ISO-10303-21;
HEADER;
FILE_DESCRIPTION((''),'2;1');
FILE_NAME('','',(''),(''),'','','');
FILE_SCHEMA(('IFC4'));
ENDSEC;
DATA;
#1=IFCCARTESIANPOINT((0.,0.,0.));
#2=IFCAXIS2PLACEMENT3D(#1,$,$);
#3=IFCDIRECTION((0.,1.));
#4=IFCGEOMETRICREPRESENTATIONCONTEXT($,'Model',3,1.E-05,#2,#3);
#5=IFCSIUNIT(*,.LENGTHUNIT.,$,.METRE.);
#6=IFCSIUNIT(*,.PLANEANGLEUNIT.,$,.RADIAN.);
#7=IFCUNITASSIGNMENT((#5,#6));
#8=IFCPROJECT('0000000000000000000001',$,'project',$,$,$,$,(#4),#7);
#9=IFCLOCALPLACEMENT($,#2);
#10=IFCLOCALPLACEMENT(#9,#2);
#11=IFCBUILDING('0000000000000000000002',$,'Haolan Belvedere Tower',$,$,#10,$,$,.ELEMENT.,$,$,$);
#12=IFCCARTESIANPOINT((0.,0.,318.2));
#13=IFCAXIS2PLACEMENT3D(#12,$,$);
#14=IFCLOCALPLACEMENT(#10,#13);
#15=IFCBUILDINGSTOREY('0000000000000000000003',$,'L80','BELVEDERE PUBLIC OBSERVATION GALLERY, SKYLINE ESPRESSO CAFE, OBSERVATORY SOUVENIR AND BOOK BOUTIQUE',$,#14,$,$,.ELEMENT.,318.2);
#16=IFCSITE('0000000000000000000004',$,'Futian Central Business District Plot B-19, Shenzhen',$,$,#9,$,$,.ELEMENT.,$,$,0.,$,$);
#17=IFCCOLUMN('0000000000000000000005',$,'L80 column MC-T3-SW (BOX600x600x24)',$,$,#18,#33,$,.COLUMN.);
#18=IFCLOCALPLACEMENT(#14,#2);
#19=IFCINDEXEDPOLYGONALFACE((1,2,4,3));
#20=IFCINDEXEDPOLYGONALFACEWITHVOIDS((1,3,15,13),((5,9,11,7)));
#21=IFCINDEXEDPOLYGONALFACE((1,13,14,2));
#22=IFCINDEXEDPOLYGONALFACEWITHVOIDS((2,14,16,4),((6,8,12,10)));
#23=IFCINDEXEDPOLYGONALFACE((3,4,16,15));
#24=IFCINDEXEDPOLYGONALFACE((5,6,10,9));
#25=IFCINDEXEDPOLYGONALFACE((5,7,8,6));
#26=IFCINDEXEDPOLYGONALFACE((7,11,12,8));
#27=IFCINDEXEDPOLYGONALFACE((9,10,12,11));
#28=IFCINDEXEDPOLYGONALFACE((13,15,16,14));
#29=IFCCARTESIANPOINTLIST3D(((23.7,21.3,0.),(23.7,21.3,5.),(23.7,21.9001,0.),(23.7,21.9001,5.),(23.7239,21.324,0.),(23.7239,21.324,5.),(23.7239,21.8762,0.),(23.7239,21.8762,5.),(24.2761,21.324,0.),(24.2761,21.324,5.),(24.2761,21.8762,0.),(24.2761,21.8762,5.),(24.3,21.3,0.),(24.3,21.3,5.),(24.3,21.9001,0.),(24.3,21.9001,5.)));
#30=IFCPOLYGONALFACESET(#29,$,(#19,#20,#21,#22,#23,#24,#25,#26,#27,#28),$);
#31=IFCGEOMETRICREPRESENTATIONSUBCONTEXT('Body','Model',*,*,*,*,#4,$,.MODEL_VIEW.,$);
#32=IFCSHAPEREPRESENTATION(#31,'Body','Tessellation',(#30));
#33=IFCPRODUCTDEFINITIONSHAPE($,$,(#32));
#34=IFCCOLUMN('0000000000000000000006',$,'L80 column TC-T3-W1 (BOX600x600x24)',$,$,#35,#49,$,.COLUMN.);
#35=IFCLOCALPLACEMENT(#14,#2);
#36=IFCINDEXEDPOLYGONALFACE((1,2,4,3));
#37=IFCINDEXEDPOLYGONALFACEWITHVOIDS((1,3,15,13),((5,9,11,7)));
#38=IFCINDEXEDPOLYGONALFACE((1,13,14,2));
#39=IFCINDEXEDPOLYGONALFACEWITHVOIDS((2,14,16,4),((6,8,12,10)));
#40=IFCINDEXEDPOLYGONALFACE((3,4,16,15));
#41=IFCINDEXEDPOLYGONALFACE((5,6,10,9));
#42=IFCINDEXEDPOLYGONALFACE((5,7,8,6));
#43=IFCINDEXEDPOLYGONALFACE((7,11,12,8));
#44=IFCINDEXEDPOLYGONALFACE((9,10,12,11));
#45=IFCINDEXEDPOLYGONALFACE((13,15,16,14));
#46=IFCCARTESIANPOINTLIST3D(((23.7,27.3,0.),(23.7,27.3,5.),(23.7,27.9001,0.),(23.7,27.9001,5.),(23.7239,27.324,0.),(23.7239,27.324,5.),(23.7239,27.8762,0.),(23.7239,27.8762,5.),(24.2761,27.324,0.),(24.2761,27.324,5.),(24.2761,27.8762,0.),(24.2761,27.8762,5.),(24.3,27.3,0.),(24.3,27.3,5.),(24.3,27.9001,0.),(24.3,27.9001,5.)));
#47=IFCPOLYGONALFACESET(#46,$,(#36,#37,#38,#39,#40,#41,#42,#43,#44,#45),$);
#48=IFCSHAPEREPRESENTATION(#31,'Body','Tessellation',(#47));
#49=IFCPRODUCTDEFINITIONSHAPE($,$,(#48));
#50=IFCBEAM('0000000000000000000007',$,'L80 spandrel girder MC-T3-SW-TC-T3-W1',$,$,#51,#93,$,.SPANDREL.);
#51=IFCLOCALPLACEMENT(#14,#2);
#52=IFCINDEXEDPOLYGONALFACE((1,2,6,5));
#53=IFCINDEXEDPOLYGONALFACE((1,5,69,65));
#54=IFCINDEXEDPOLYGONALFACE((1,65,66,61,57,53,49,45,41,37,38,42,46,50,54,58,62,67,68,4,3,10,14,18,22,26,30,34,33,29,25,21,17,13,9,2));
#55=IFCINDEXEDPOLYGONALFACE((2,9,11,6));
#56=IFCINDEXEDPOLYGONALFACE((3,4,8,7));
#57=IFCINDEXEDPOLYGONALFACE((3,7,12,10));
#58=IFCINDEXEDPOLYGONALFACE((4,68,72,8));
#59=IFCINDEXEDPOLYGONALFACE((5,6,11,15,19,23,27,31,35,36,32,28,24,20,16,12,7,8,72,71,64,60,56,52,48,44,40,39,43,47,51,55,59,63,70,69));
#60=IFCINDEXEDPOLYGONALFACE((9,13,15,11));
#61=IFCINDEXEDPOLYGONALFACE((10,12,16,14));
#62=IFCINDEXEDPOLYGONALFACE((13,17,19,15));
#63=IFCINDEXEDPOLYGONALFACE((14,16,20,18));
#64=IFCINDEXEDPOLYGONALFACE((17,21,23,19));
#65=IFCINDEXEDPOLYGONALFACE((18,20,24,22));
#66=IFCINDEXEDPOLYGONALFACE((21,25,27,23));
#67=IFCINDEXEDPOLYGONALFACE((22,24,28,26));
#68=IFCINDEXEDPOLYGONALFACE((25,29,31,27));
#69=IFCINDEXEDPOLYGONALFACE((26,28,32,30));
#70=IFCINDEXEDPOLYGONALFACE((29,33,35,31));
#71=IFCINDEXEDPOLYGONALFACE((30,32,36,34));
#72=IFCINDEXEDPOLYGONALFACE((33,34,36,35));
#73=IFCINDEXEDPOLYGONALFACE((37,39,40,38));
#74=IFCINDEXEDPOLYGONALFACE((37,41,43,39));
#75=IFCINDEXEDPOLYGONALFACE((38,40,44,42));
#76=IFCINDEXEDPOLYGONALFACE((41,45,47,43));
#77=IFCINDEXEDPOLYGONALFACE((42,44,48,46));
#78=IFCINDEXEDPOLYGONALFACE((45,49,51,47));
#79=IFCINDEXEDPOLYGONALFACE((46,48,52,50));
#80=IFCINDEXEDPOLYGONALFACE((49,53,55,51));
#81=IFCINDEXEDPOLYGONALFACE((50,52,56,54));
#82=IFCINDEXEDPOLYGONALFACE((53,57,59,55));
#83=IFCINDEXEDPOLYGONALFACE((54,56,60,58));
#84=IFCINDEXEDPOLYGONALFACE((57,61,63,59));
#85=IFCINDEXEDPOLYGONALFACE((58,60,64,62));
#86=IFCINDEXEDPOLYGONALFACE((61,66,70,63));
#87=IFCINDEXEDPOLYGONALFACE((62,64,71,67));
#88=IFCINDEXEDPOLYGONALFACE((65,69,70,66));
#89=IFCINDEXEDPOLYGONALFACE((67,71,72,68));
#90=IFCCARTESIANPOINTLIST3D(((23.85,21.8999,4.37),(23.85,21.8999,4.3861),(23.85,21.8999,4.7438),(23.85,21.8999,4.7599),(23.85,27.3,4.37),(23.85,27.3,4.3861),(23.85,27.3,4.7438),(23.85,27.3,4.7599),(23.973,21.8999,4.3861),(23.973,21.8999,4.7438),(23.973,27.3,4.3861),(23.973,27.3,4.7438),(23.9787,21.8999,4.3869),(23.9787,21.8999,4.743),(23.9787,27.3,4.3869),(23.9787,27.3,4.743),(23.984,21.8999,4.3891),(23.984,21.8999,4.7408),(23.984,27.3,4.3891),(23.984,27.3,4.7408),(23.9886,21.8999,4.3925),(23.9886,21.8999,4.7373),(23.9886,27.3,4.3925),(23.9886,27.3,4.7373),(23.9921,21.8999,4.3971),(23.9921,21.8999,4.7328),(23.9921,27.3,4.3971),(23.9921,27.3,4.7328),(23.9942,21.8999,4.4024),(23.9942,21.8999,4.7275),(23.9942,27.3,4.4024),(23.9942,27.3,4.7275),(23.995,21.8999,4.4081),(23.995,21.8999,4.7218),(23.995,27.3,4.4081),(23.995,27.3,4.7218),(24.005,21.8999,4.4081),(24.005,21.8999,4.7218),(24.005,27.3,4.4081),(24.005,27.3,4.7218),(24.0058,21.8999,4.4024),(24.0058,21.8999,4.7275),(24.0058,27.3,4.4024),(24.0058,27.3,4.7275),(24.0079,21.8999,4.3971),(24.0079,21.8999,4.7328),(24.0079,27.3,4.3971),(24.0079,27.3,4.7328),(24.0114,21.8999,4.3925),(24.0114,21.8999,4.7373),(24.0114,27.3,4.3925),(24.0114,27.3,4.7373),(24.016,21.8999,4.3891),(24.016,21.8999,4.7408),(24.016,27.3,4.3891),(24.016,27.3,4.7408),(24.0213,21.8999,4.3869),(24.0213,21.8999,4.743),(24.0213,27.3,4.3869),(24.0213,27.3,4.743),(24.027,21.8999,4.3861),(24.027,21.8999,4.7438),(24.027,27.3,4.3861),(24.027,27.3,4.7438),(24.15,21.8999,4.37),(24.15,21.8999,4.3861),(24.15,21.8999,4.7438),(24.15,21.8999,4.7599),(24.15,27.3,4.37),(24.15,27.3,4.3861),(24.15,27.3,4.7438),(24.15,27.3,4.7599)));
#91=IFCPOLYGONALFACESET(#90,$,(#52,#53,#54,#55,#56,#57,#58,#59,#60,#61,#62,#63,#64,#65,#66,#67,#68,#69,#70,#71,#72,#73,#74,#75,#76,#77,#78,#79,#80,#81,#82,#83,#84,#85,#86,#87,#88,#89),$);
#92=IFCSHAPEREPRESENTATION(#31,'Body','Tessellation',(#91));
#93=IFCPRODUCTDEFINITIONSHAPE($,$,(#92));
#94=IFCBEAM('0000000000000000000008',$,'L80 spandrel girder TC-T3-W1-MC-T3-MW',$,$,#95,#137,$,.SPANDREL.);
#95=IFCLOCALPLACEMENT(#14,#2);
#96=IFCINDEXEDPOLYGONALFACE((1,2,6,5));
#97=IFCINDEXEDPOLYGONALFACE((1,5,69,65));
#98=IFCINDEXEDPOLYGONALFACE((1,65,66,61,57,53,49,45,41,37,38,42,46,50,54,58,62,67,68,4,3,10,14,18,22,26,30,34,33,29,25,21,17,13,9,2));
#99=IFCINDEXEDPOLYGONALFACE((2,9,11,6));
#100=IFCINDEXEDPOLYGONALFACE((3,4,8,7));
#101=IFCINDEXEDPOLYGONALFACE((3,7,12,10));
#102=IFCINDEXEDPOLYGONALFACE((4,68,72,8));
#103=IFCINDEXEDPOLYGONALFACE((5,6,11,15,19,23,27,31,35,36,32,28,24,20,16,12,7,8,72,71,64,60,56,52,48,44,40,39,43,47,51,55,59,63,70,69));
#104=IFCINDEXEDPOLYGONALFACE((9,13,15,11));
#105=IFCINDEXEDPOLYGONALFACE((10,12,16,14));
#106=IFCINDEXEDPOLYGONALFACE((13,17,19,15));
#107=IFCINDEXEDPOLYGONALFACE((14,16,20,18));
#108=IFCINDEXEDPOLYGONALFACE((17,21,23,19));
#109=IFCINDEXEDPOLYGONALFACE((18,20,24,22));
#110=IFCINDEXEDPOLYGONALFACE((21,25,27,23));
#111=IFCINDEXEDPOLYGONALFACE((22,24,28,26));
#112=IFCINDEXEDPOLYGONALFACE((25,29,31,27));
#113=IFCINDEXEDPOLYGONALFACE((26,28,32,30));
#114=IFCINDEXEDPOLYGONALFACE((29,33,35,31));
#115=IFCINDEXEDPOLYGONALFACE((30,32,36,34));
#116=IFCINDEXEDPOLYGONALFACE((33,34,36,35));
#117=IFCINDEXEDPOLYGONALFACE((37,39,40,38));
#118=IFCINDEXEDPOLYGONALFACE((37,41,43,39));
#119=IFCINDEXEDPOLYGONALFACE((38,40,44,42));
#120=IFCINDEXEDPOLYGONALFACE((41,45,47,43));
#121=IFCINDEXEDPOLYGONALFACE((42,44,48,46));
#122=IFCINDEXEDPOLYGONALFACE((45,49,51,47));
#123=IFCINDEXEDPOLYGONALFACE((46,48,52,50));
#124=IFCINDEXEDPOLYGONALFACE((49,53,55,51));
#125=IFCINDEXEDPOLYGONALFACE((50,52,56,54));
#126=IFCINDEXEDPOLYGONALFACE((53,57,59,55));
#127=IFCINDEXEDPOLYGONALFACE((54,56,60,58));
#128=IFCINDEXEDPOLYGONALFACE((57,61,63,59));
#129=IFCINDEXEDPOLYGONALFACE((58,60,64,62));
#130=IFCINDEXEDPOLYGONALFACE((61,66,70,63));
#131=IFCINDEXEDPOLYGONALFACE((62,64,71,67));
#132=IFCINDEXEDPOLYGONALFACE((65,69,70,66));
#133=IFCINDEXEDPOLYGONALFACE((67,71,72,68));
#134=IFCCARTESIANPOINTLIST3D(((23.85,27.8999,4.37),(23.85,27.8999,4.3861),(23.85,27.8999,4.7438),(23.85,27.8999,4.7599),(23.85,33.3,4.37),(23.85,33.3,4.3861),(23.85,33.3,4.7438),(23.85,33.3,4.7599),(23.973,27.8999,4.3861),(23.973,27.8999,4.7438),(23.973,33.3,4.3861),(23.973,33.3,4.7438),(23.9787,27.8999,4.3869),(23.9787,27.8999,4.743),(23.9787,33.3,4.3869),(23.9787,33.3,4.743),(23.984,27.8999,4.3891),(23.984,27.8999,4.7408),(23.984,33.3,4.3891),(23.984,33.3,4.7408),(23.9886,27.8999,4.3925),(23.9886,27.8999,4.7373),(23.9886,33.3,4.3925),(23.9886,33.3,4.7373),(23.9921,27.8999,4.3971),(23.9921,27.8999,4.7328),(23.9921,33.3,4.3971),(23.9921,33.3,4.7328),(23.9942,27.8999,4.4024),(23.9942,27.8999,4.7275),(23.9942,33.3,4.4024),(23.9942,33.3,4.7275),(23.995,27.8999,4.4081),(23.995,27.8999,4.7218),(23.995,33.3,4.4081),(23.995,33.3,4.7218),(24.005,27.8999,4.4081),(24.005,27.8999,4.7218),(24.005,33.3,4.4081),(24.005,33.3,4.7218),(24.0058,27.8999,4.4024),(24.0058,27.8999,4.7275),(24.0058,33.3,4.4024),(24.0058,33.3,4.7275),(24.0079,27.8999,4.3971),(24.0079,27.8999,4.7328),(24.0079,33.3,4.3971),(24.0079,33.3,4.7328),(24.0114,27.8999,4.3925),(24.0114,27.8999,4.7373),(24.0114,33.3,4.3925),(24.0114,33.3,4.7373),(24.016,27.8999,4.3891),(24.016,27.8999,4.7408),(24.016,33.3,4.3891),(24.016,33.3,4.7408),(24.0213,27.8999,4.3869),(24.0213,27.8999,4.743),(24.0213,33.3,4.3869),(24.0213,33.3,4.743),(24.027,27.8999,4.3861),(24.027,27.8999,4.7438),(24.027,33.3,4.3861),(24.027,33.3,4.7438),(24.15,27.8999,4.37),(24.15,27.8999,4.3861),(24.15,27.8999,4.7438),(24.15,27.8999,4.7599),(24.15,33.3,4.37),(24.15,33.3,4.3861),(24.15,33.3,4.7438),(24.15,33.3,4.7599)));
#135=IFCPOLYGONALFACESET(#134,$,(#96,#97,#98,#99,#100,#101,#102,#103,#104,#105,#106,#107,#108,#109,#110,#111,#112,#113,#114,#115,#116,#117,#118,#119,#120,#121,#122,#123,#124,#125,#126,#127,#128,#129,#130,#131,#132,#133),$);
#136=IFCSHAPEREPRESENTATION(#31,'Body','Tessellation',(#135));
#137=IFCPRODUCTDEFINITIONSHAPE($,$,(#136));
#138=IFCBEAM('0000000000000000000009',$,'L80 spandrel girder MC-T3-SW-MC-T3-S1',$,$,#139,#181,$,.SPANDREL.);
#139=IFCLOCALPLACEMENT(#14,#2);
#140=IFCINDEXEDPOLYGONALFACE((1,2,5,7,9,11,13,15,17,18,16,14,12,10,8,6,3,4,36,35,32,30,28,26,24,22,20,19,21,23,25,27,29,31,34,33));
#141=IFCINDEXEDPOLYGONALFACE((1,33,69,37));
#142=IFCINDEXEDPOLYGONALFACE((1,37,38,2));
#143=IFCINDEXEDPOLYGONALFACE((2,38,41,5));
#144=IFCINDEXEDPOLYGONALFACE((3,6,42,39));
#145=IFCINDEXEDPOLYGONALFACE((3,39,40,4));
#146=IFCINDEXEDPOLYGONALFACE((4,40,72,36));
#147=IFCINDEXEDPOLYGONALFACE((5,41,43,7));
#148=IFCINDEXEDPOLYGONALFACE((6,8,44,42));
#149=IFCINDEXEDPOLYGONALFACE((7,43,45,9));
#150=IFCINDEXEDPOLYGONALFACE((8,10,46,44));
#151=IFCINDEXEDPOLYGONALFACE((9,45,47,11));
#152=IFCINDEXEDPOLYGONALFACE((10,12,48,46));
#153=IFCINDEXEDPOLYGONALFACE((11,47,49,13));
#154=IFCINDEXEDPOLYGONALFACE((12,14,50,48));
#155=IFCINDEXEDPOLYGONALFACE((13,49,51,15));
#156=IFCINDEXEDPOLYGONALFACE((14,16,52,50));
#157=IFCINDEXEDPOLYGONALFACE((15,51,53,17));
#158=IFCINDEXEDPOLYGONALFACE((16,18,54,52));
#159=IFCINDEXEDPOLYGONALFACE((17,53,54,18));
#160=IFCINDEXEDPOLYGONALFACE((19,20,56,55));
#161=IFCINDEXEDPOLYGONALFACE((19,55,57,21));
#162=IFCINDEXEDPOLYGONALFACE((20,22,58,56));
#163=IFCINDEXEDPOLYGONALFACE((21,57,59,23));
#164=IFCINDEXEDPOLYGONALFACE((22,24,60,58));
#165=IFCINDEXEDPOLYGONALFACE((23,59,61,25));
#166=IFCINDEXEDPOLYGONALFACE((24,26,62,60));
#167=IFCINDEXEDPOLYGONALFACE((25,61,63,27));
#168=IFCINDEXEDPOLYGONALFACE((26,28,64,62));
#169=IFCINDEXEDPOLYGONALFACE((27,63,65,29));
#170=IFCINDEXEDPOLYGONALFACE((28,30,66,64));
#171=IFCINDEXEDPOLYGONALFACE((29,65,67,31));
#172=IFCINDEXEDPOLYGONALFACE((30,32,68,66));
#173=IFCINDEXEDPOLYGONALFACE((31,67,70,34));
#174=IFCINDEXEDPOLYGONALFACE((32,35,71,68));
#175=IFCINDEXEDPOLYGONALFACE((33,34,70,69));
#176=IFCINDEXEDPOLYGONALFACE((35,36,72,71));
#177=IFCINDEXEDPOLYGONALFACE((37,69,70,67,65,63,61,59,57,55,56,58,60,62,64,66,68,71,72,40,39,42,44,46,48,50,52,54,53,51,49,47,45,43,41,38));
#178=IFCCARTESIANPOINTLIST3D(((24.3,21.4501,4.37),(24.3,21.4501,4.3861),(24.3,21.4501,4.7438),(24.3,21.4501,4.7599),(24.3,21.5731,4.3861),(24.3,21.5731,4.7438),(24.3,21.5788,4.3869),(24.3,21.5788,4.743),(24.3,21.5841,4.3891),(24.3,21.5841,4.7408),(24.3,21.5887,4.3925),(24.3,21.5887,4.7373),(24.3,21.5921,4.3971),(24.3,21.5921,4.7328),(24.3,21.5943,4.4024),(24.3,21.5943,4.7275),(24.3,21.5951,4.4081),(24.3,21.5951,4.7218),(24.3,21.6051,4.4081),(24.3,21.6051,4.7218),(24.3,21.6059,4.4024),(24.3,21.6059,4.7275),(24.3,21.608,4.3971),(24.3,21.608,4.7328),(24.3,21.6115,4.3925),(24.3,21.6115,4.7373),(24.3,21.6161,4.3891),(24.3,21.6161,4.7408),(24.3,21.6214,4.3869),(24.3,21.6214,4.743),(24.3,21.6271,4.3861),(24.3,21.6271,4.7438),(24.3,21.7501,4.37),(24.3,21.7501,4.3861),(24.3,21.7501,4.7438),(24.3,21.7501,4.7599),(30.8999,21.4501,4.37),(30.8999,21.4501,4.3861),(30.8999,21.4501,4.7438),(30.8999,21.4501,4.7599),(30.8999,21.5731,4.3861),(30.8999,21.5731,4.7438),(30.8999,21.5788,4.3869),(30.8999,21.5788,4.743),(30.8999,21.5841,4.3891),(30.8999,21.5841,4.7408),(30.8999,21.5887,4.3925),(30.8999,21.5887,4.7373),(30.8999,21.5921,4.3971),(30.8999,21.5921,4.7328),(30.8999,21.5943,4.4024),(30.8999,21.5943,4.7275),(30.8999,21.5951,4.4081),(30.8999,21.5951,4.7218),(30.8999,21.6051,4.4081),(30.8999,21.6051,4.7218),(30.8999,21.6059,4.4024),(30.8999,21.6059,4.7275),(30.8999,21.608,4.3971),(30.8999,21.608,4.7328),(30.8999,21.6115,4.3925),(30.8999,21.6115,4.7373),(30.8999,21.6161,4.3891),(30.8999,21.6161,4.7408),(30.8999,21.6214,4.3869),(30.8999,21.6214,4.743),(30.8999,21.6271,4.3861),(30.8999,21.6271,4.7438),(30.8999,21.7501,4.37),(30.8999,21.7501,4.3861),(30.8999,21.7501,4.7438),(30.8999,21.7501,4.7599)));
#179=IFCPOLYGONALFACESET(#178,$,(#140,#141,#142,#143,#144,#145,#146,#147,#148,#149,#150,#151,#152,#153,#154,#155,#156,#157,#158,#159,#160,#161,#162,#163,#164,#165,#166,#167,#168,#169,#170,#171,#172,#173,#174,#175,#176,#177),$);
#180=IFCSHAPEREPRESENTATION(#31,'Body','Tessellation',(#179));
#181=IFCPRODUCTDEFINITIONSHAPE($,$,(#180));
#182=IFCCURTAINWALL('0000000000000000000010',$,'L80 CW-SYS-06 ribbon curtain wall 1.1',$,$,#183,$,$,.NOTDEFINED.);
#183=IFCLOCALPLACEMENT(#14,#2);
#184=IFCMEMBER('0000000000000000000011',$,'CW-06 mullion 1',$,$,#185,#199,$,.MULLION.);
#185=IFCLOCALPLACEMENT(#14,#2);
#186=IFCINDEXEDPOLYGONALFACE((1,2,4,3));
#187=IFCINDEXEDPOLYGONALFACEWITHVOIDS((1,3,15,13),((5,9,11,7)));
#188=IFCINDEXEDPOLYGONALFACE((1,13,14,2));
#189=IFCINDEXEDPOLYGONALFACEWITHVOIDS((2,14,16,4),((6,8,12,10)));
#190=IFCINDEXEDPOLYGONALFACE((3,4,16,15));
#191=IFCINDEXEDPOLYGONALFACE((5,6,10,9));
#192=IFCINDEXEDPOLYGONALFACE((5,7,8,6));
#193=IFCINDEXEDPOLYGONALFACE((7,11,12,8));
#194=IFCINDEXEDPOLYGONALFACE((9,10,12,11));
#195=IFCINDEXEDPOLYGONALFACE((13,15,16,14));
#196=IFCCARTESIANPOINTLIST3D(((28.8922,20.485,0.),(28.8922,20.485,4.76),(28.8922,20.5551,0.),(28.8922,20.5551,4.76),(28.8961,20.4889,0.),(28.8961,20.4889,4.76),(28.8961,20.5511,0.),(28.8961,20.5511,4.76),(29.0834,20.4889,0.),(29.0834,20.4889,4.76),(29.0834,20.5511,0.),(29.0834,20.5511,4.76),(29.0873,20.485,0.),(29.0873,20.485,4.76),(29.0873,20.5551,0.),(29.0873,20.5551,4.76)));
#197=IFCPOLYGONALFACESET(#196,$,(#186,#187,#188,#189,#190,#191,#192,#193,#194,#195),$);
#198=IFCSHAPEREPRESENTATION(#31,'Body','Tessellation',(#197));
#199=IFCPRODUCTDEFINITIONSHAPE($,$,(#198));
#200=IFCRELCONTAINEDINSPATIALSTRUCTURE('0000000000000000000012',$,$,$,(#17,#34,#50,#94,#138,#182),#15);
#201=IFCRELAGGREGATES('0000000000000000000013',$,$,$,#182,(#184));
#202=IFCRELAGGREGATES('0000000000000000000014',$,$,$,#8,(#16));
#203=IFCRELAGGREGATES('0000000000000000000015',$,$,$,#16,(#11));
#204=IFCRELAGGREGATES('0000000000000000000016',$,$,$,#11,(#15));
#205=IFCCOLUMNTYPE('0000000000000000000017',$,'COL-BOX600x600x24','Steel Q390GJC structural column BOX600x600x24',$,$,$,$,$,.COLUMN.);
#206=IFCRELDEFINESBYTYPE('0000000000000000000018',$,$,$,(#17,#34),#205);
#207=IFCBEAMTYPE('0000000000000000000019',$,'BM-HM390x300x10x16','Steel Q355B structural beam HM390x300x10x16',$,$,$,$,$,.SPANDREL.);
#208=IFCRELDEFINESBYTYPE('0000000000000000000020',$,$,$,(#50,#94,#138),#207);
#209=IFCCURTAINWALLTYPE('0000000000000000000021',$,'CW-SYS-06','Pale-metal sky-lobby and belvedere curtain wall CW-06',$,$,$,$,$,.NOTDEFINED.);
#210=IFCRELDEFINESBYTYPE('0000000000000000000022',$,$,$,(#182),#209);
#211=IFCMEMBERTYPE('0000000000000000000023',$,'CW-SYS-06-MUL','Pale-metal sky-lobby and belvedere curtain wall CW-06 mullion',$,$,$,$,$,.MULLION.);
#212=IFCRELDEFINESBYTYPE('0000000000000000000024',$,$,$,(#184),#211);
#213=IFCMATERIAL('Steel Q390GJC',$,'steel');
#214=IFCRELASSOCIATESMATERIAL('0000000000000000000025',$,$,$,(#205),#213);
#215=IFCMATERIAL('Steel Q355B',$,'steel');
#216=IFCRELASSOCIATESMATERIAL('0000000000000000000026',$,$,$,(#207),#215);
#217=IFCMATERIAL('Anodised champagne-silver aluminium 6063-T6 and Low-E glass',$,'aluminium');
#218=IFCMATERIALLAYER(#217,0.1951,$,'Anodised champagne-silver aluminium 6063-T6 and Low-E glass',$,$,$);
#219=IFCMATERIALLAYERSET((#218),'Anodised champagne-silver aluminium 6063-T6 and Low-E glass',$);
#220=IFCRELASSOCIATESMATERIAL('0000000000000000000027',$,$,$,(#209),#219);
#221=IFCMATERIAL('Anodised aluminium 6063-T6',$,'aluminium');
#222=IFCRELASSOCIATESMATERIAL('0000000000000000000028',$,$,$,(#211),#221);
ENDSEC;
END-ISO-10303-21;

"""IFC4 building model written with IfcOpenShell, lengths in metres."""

from ifc_helpers import new_model, si_unit, direction, frame, origin, origin_2d, place, context, subcontext, project, spatial, hollow_rectangle, i_section, extrude, material, layer, layer_set, material_profile, profile_set, type_object, element, aggregate, save


model = new_model("IFC4")

# Units and contexts
model_context = context("Model", 3, precision=1e-05, world=origin(), true_north=direction((0.0, 1.0)))
body_context = subcontext(model_context, "Body", "Model", "MODEL_VIEW")
ifc_project = project(units=[si_unit("LENGTHUNIT", "METRE"), si_unit("PLANEANGLEUNIT", "RADIAN")], contexts=[model_context])

# Site, building, storey
site_placement = place(None, origin())
site = spatial("IfcSite", under=ifc_project, at=site_placement, Name="Futian Central Business District Plot B-19, Shenzhen", CompositionType="ELEMENT", RefElevation=0.0)
building_placement = place(site_placement, origin())
building = spatial("IfcBuilding", under=site, at=building_placement, Name="Haolan Belvedere Tower", CompositionType="ELEMENT")
storey_placement = place(building_placement, frame((0.0, 0.0, 318.2)))
storey = spatial("IfcBuildingStorey", under=building, at=storey_placement, Name="L80", Description="BELVEDERE PUBLIC OBSERVATION GALLERY, SKYLINE ESPRESSO CAFE, OBSERVATORY SOUVENIR AND BOOK BOUTIQUE", CompositionType="ELEMENT", Elevation=318.2)

# Columns
ifc_material_1 = material(Name="Steel Q390GJC", Category="steel")
ifc_material_profile_1 = material_profile(ifc_material_1, hollow_rectangle(XDim=0.6001, YDim=0.6001, WallThickness=0.0239, at=origin_2d()), Name="Steel Q390GJC")
ifc_profile_set_1 = profile_set([ifc_material_profile_1], Name="Steel Q390GJC")
column_type = type_object("IfcColumnType", Name="COL-BOX600x600x24", Description="Steel Q390GJC structural column BOX600x600x24", PredefinedType="COLUMN", material=ifc_profile_set_1)
for number, where, z_axis, x_axis, name in (
    (1, (24.0, 21.6001, 0.0), (0.0, 0.0, 1.0), (1.0, 0.0, 0.0), "L80 column MC-T3-SW (BOX600x600x24)"),
    (2, (24.0, 27.6001, 0.0), (0.0, 0.0, 1.0), (1.0, 0.0, 0.0), "L80 column TC-T3-W1 (BOX600x600x24)"),
):
    element("IfcColumn", number, at=place(storey_placement, frame(where, z_axis=z_axis, x_axis=x_axis)), inside=storey, type_object=column_type, Name=name, PredefinedType="COLUMN", context=body_context, shape_type="SweptSolid", body=[
        extrude(hollow_rectangle(XDim=0.6001, YDim=0.6001, WallThickness=0.0239, at=origin_2d()), origin(), (0.0, 0.0, 1.0), 5.0),
    ])

# Beams
ifc_material_2 = material(Name="Steel Q355B", Category="steel")
ifc_material_profile_2 = material_profile(ifc_material_2, i_section(OverallWidth=0.3, OverallDepth=0.3899, WebThickness=0.01, FlangeThickness=0.0161, FilletRadius=0.022, at=origin_2d()), Name="Steel Q355B")
ifc_profile_set_2 = profile_set([ifc_material_profile_2], Name="Steel Q355B")
beam_type = type_object("IfcBeamType", Name="BM-HM390x300x10x16", Description="Steel Q355B structural beam HM390x300x10x16", PredefinedType="SPANDREL", material=ifc_profile_set_2)
for number, where, z_axis, x_axis, name in (
    (3, (24.0, 21.8999, 4.5649), (0.0, 1.0, 0.0), (-1.0, 0.0, 0.0), "L80 spandrel girder MC-T3-SW-TC-T3-W1"),
    (4, (24.0, 27.8999, 4.5649), (0.0, 1.0, 0.0), (-1.0, 0.0, 0.0), "L80 spandrel girder TC-T3-W1-MC-T3-MW"),
):
    element("IfcBeam", number, at=place(storey_placement, frame(where, z_axis=z_axis, x_axis=x_axis)), inside=storey, type_object=beam_type, Name=name, PredefinedType="SPANDREL", context=body_context, shape_type="SweptSolid", body=[
        extrude(i_section(OverallWidth=0.3, OverallDepth=0.3899, WebThickness=0.01, FlangeThickness=0.0161, FilletRadius=0.022, at=origin_2d()), origin(), (0.0, 0.0, 1.0), 5.4001),
    ])
beam_placement = place(storey_placement, frame((24.3, 21.6001, 4.5649), z_axis=(1.0, 0.0, 0.0), x_axis=(0.0, 1.0, 0.0)))
element("IfcBeam", 5, at=beam_placement, inside=storey, type_object=beam_type, Name="L80 spandrel girder MC-T3-SW-MC-T3-S1", PredefinedType="SPANDREL", context=body_context, shape_type="SweptSolid", body=[
    extrude(i_section(OverallWidth=0.3, OverallDepth=0.3899, WebThickness=0.01, FlangeThickness=0.0161, FilletRadius=0.022, at=origin_2d()), origin(), (0.0, 0.0, 1.0), 6.5999),
])

# Curtain wall, member
ifc_material_3 = material(Name="Anodised champagne-silver aluminium 6063-T6 and Low-E glass", Category="aluminium")
ifc_layer_1 = layer(ifc_material_3, 0.1951, Name="Anodised champagne-silver aluminium 6063-T6 and Low-E glass")
ifc_layer_set_1 = layer_set([ifc_layer_1], Name="Anodised champagne-silver aluminium 6063-T6 and Low-E glass")
curtain_wall_type = type_object("IfcCurtainWallType", Name="CW-SYS-06", Description="Pale-metal sky-lobby and belvedere curtain wall CW-06", PredefinedType="NOTDEFINED", material=ifc_layer_set_1)
curtain_wall_placement = place(storey_placement, origin())
curtain_wall = element("IfcCurtainWall", 6, at=curtain_wall_placement, inside=storey, type_object=curtain_wall_type, Name="L80 CW-SYS-06 ribbon curtain wall 1.1", PredefinedType="NOTDEFINED")
ifc_material_4 = material(Name="Anodised aluminium 6063-T6", Category="aluminium")
ifc_material_profile_3 = material_profile(ifc_material_4, hollow_rectangle(XDim=0.0701, YDim=0.1951, WallThickness=0.0039, at=origin_2d()), Name="Anodised aluminium 6063-T6")
ifc_profile_set_3 = profile_set([ifc_material_profile_3], Name="Anodised aluminium 6063-T6")
member_type_1 = type_object("IfcMemberType", Name="CW-SYS-06-MUL", Description="Pale-metal sky-lobby and belvedere curtain wall CW-06 mullion", PredefinedType="MULLION", material=ifc_profile_set_3)
member_1_placement = place(storey_placement, frame((28.9897, 20.52, 0.0), z_axis=(0.0, 0.0, 1.0), x_axis=(0.0, 1.0, 0.0)))
member_1 = element("IfcMember", 7, at=member_1_placement, type_object=member_type_1, Name="CW-06 mullion 1", PredefinedType="MULLION", context=body_context, shape_type="SweptSolid", body=[
    extrude(hollow_rectangle(XDim=0.0701, YDim=0.1951, WallThickness=0.0039, at=origin_2d()), origin(), (0.0, 0.0, 1.0), 4.76),
])
aggregate(curtain_wall, [member_1])

save(model, "model.ifc")
